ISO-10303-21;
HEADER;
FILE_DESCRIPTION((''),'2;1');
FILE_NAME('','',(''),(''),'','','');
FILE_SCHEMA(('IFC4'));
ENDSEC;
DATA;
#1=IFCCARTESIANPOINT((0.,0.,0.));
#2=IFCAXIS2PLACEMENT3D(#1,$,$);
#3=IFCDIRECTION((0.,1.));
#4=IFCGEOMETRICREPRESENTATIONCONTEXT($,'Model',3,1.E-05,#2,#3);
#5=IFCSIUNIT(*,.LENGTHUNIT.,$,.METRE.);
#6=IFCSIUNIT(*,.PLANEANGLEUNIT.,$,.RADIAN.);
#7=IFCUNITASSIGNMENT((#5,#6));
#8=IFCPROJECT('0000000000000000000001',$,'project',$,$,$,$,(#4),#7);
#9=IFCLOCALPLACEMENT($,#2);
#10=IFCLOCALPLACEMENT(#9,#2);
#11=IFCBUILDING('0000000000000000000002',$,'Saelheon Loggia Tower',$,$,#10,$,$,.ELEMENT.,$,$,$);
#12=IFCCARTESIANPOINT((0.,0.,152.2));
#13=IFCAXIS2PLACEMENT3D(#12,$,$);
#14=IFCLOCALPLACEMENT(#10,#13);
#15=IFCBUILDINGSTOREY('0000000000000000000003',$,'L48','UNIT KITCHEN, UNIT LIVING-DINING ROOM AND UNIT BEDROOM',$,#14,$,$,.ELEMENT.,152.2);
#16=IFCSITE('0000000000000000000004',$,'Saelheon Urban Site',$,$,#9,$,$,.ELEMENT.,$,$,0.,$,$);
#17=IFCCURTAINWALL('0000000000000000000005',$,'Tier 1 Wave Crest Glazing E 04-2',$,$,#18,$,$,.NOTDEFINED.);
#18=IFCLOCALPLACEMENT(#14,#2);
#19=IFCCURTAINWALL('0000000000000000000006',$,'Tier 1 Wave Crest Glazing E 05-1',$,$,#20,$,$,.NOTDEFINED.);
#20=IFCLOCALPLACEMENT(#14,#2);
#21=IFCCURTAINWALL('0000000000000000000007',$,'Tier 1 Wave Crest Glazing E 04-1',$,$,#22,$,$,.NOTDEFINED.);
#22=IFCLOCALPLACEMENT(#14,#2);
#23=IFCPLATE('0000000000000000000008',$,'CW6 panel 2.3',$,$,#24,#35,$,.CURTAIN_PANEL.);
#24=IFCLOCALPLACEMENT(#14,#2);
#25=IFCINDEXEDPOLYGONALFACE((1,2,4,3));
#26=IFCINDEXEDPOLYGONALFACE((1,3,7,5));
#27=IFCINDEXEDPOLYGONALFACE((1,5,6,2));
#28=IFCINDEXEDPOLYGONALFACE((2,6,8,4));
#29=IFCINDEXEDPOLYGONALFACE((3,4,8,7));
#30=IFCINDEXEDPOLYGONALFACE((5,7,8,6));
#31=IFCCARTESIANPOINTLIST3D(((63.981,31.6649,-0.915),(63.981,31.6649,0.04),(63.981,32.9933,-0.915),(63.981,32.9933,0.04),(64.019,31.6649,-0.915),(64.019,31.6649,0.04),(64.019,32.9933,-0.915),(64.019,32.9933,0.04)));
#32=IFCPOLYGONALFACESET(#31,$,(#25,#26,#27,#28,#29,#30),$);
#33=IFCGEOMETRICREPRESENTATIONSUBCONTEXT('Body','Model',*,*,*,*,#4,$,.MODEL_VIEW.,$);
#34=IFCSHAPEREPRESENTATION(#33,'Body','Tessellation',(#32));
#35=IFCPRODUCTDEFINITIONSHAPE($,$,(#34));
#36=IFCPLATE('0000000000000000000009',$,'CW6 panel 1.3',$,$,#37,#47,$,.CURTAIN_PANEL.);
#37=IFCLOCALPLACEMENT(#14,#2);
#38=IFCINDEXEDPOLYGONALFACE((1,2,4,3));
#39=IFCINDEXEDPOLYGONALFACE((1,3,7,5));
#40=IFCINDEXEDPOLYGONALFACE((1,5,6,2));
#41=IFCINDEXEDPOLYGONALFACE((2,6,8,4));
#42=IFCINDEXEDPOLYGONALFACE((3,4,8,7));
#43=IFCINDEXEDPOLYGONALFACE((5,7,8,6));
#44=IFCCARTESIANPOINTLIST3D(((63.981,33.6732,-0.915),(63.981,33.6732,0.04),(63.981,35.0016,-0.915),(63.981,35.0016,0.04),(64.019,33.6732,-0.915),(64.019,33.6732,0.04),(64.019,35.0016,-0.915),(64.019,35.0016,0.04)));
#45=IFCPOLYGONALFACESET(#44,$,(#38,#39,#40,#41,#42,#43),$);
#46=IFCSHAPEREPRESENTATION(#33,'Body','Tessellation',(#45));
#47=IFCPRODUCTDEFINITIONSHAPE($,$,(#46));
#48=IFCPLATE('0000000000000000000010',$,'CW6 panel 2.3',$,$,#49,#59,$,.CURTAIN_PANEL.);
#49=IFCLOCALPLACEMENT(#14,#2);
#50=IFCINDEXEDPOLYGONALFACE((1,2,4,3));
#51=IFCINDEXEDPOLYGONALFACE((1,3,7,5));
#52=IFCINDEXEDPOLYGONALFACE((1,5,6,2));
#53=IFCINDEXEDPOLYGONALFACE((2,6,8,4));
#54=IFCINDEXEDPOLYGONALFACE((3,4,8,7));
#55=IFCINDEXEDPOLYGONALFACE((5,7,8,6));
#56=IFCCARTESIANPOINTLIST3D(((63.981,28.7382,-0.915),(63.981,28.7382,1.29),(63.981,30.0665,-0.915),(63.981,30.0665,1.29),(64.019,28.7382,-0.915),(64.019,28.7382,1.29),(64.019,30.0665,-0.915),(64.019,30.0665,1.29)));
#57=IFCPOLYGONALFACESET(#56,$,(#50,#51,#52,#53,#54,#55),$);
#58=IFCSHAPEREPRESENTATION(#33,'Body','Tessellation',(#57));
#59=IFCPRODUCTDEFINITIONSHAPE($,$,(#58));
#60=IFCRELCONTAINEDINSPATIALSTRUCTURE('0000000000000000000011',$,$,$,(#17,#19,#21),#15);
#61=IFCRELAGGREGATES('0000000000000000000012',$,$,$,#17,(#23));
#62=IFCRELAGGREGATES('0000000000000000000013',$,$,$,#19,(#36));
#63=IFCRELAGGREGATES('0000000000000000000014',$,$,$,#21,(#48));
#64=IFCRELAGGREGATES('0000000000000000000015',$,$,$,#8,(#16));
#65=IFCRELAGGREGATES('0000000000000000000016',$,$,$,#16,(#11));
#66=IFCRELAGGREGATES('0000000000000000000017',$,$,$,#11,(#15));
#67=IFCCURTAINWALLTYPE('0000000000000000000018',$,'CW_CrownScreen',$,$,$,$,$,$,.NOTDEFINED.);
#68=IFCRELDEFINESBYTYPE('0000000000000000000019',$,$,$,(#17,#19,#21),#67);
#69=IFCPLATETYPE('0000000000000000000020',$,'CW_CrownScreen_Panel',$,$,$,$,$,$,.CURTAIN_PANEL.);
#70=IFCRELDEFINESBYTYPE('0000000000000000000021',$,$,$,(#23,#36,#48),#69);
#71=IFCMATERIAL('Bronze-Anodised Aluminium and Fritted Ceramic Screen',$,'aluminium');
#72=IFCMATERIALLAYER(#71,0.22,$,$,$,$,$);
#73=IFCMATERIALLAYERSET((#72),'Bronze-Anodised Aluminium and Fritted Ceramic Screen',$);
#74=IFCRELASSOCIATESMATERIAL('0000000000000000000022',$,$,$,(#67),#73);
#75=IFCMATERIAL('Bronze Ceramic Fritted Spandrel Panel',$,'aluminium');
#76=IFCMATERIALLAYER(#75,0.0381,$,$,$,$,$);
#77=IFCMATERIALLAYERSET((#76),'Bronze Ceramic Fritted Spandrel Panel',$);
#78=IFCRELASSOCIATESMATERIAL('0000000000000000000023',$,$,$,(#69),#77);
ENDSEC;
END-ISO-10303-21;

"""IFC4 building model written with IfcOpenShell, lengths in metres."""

from ifc_helpers import new_model, si_unit, direction, frame, origin, origin_2d, place, context, subcontext, project, spatial, rectangle, extrude, source, transform, mapped, material, layer, layer_set, type_object, element, aggregate, save


model = new_model("IFC4")

# Units and contexts
model_context = context("Model", 3, precision=1e-05, world=origin(), true_north=direction((0.0, 1.0)))
body_context = subcontext(model_context, "Body", "Model", "MODEL_VIEW")
ifc_project = project(units=[si_unit("LENGTHUNIT", "METRE"), si_unit("PLANEANGLEUNIT", "RADIAN")], contexts=[model_context])

# Site, building, storey
site_placement = place(None, origin())
site = spatial("IfcSite", under=ifc_project, at=site_placement, Name="Saelheon Urban Site", CompositionType="ELEMENT", RefElevation=0.0)
building_placement = place(site_placement, origin())
building = spatial("IfcBuilding", under=site, at=building_placement, Name="Saelheon Loggia Tower", CompositionType="ELEMENT")
storey_placement = place(building_placement, frame((0.0, 0.0, 152.2)))
storey = spatial("IfcBuildingStorey", under=building, at=storey_placement, Name="L48", Description="UNIT KITCHEN, UNIT LIVING-DINING ROOM AND UNIT BEDROOM", CompositionType="ELEMENT", Elevation=152.2)

# Curtain wall
ifc_material_1 = material(Name="Bronze-Anodised Aluminium and Fritted Ceramic Screen", Category="aluminium")
ifc_layer_1 = layer(ifc_material_1, 0.22)
ifc_layer_set_1 = layer_set([ifc_layer_1], Name="Bronze-Anodised Aluminium and Fritted Ceramic Screen")
curtain_wall_type = type_object("IfcCurtainWallType", Name="CW_CrownScreen", PredefinedType="NOTDEFINED", material=ifc_layer_set_1)
curtain_wall_1_placement = place(storey_placement, origin())
curtain_wall_1 = element("IfcCurtainWall", 1, at=curtain_wall_1_placement, inside=storey, type_object=curtain_wall_type, Name="Tier 1 Wave Crest Glazing E 04-2", PredefinedType="NOTDEFINED")

# Curtain wall
curtain_wall_2_placement = place(storey_placement, origin())
curtain_wall_2 = element("IfcCurtainWall", 2, at=curtain_wall_2_placement, inside=storey, type_object=curtain_wall_type, Name="Tier 1 Wave Crest Glazing E 05-1", PredefinedType="NOTDEFINED")

# Curtain wall
curtain_wall_3_placement = place(storey_placement, origin())
curtain_wall_3 = element("IfcCurtainWall", 3, at=curtain_wall_3_placement, inside=storey, type_object=curtain_wall_type, Name="Tier 1 Wave Crest Glazing E 04-1", PredefinedType="NOTDEFINED")

# Plates
ifc_material_2 = material(Name="Bronze Ceramic Fritted Spandrel Panel", Category="aluminium")
ifc_layer_2 = layer(ifc_material_2, 0.0381)
ifc_layer_set_2 = layer_set([ifc_layer_2], Name="Bronze Ceramic Fritted Spandrel Panel")
plate_type = type_object("IfcPlateType", Name="CW_CrownScreen_Panel", PredefinedType="CURTAIN_PANEL", material=ifc_layer_set_2)
shared_shape_1 = source(origin(), body_context, "Body", "SweptSolid", [
    extrude(rectangle(XDim=1.3284, YDim=0.0381, at=origin_2d()), origin(), (0.0, 0.0, 1.0), 0.9551),
])
plate_1_placement = place(storey_placement, frame((64.0, 32.3291, -0.915), z_axis=(0.0, 0.0, 1.0), x_axis=(0.0, 1.0, 0.0)))
plate_1 = element("IfcPlate", 4, at=plate_1_placement, type_object=plate_type, Name="CW6 panel 2.3", PredefinedType="CURTAIN_PANEL", context=body_context, shape_type="MappedRepresentation", body=[
    mapped(shared_shape_1, transform((0.0, 0.0, 0.0), scale=1.0)),
])
aggregate(curtain_wall_1, [plate_1])
plate_2_placement = place(storey_placement, frame((64.0, 34.3374, -0.915), z_axis=(0.0, 0.0, 1.0), x_axis=(0.0, 1.0, 0.0)))
plate_2 = element("IfcPlate", 5, at=plate_2_placement, type_object=plate_type, Name="CW6 panel 1.3", PredefinedType="CURTAIN_PANEL", context=body_context, shape_type="MappedRepresentation", body=[
    mapped(shared_shape_1, transform((0.0, 0.0, 0.0), scale=1.0)),
])
aggregate(curtain_wall_2, [plate_2])
shared_shape_2 = source(origin(), body_context, "Body", "SweptSolid", [
    extrude(rectangle(XDim=1.3284, YDim=0.0381, at=origin_2d()), origin(), (0.0, 0.0, 1.0), 2.2051),
])
plate_3_placement = place(storey_placement, frame((64.0, 29.4023, -0.915), z_axis=(0.0, 0.0, 1.0), x_axis=(0.0, 1.0, 0.0)))
plate_3 = element("IfcPlate", 6, at=plate_3_placement, type_object=plate_type, Name="CW6 panel 2.3", PredefinedType="CURTAIN_PANEL", context=body_context, shape_type="MappedRepresentation", body=[
    mapped(shared_shape_2, transform((0.0, 0.0, 0.0), scale=1.0)),
])
aggregate(curtain_wall_3, [plate_3])

save(model, "model.ifc")
